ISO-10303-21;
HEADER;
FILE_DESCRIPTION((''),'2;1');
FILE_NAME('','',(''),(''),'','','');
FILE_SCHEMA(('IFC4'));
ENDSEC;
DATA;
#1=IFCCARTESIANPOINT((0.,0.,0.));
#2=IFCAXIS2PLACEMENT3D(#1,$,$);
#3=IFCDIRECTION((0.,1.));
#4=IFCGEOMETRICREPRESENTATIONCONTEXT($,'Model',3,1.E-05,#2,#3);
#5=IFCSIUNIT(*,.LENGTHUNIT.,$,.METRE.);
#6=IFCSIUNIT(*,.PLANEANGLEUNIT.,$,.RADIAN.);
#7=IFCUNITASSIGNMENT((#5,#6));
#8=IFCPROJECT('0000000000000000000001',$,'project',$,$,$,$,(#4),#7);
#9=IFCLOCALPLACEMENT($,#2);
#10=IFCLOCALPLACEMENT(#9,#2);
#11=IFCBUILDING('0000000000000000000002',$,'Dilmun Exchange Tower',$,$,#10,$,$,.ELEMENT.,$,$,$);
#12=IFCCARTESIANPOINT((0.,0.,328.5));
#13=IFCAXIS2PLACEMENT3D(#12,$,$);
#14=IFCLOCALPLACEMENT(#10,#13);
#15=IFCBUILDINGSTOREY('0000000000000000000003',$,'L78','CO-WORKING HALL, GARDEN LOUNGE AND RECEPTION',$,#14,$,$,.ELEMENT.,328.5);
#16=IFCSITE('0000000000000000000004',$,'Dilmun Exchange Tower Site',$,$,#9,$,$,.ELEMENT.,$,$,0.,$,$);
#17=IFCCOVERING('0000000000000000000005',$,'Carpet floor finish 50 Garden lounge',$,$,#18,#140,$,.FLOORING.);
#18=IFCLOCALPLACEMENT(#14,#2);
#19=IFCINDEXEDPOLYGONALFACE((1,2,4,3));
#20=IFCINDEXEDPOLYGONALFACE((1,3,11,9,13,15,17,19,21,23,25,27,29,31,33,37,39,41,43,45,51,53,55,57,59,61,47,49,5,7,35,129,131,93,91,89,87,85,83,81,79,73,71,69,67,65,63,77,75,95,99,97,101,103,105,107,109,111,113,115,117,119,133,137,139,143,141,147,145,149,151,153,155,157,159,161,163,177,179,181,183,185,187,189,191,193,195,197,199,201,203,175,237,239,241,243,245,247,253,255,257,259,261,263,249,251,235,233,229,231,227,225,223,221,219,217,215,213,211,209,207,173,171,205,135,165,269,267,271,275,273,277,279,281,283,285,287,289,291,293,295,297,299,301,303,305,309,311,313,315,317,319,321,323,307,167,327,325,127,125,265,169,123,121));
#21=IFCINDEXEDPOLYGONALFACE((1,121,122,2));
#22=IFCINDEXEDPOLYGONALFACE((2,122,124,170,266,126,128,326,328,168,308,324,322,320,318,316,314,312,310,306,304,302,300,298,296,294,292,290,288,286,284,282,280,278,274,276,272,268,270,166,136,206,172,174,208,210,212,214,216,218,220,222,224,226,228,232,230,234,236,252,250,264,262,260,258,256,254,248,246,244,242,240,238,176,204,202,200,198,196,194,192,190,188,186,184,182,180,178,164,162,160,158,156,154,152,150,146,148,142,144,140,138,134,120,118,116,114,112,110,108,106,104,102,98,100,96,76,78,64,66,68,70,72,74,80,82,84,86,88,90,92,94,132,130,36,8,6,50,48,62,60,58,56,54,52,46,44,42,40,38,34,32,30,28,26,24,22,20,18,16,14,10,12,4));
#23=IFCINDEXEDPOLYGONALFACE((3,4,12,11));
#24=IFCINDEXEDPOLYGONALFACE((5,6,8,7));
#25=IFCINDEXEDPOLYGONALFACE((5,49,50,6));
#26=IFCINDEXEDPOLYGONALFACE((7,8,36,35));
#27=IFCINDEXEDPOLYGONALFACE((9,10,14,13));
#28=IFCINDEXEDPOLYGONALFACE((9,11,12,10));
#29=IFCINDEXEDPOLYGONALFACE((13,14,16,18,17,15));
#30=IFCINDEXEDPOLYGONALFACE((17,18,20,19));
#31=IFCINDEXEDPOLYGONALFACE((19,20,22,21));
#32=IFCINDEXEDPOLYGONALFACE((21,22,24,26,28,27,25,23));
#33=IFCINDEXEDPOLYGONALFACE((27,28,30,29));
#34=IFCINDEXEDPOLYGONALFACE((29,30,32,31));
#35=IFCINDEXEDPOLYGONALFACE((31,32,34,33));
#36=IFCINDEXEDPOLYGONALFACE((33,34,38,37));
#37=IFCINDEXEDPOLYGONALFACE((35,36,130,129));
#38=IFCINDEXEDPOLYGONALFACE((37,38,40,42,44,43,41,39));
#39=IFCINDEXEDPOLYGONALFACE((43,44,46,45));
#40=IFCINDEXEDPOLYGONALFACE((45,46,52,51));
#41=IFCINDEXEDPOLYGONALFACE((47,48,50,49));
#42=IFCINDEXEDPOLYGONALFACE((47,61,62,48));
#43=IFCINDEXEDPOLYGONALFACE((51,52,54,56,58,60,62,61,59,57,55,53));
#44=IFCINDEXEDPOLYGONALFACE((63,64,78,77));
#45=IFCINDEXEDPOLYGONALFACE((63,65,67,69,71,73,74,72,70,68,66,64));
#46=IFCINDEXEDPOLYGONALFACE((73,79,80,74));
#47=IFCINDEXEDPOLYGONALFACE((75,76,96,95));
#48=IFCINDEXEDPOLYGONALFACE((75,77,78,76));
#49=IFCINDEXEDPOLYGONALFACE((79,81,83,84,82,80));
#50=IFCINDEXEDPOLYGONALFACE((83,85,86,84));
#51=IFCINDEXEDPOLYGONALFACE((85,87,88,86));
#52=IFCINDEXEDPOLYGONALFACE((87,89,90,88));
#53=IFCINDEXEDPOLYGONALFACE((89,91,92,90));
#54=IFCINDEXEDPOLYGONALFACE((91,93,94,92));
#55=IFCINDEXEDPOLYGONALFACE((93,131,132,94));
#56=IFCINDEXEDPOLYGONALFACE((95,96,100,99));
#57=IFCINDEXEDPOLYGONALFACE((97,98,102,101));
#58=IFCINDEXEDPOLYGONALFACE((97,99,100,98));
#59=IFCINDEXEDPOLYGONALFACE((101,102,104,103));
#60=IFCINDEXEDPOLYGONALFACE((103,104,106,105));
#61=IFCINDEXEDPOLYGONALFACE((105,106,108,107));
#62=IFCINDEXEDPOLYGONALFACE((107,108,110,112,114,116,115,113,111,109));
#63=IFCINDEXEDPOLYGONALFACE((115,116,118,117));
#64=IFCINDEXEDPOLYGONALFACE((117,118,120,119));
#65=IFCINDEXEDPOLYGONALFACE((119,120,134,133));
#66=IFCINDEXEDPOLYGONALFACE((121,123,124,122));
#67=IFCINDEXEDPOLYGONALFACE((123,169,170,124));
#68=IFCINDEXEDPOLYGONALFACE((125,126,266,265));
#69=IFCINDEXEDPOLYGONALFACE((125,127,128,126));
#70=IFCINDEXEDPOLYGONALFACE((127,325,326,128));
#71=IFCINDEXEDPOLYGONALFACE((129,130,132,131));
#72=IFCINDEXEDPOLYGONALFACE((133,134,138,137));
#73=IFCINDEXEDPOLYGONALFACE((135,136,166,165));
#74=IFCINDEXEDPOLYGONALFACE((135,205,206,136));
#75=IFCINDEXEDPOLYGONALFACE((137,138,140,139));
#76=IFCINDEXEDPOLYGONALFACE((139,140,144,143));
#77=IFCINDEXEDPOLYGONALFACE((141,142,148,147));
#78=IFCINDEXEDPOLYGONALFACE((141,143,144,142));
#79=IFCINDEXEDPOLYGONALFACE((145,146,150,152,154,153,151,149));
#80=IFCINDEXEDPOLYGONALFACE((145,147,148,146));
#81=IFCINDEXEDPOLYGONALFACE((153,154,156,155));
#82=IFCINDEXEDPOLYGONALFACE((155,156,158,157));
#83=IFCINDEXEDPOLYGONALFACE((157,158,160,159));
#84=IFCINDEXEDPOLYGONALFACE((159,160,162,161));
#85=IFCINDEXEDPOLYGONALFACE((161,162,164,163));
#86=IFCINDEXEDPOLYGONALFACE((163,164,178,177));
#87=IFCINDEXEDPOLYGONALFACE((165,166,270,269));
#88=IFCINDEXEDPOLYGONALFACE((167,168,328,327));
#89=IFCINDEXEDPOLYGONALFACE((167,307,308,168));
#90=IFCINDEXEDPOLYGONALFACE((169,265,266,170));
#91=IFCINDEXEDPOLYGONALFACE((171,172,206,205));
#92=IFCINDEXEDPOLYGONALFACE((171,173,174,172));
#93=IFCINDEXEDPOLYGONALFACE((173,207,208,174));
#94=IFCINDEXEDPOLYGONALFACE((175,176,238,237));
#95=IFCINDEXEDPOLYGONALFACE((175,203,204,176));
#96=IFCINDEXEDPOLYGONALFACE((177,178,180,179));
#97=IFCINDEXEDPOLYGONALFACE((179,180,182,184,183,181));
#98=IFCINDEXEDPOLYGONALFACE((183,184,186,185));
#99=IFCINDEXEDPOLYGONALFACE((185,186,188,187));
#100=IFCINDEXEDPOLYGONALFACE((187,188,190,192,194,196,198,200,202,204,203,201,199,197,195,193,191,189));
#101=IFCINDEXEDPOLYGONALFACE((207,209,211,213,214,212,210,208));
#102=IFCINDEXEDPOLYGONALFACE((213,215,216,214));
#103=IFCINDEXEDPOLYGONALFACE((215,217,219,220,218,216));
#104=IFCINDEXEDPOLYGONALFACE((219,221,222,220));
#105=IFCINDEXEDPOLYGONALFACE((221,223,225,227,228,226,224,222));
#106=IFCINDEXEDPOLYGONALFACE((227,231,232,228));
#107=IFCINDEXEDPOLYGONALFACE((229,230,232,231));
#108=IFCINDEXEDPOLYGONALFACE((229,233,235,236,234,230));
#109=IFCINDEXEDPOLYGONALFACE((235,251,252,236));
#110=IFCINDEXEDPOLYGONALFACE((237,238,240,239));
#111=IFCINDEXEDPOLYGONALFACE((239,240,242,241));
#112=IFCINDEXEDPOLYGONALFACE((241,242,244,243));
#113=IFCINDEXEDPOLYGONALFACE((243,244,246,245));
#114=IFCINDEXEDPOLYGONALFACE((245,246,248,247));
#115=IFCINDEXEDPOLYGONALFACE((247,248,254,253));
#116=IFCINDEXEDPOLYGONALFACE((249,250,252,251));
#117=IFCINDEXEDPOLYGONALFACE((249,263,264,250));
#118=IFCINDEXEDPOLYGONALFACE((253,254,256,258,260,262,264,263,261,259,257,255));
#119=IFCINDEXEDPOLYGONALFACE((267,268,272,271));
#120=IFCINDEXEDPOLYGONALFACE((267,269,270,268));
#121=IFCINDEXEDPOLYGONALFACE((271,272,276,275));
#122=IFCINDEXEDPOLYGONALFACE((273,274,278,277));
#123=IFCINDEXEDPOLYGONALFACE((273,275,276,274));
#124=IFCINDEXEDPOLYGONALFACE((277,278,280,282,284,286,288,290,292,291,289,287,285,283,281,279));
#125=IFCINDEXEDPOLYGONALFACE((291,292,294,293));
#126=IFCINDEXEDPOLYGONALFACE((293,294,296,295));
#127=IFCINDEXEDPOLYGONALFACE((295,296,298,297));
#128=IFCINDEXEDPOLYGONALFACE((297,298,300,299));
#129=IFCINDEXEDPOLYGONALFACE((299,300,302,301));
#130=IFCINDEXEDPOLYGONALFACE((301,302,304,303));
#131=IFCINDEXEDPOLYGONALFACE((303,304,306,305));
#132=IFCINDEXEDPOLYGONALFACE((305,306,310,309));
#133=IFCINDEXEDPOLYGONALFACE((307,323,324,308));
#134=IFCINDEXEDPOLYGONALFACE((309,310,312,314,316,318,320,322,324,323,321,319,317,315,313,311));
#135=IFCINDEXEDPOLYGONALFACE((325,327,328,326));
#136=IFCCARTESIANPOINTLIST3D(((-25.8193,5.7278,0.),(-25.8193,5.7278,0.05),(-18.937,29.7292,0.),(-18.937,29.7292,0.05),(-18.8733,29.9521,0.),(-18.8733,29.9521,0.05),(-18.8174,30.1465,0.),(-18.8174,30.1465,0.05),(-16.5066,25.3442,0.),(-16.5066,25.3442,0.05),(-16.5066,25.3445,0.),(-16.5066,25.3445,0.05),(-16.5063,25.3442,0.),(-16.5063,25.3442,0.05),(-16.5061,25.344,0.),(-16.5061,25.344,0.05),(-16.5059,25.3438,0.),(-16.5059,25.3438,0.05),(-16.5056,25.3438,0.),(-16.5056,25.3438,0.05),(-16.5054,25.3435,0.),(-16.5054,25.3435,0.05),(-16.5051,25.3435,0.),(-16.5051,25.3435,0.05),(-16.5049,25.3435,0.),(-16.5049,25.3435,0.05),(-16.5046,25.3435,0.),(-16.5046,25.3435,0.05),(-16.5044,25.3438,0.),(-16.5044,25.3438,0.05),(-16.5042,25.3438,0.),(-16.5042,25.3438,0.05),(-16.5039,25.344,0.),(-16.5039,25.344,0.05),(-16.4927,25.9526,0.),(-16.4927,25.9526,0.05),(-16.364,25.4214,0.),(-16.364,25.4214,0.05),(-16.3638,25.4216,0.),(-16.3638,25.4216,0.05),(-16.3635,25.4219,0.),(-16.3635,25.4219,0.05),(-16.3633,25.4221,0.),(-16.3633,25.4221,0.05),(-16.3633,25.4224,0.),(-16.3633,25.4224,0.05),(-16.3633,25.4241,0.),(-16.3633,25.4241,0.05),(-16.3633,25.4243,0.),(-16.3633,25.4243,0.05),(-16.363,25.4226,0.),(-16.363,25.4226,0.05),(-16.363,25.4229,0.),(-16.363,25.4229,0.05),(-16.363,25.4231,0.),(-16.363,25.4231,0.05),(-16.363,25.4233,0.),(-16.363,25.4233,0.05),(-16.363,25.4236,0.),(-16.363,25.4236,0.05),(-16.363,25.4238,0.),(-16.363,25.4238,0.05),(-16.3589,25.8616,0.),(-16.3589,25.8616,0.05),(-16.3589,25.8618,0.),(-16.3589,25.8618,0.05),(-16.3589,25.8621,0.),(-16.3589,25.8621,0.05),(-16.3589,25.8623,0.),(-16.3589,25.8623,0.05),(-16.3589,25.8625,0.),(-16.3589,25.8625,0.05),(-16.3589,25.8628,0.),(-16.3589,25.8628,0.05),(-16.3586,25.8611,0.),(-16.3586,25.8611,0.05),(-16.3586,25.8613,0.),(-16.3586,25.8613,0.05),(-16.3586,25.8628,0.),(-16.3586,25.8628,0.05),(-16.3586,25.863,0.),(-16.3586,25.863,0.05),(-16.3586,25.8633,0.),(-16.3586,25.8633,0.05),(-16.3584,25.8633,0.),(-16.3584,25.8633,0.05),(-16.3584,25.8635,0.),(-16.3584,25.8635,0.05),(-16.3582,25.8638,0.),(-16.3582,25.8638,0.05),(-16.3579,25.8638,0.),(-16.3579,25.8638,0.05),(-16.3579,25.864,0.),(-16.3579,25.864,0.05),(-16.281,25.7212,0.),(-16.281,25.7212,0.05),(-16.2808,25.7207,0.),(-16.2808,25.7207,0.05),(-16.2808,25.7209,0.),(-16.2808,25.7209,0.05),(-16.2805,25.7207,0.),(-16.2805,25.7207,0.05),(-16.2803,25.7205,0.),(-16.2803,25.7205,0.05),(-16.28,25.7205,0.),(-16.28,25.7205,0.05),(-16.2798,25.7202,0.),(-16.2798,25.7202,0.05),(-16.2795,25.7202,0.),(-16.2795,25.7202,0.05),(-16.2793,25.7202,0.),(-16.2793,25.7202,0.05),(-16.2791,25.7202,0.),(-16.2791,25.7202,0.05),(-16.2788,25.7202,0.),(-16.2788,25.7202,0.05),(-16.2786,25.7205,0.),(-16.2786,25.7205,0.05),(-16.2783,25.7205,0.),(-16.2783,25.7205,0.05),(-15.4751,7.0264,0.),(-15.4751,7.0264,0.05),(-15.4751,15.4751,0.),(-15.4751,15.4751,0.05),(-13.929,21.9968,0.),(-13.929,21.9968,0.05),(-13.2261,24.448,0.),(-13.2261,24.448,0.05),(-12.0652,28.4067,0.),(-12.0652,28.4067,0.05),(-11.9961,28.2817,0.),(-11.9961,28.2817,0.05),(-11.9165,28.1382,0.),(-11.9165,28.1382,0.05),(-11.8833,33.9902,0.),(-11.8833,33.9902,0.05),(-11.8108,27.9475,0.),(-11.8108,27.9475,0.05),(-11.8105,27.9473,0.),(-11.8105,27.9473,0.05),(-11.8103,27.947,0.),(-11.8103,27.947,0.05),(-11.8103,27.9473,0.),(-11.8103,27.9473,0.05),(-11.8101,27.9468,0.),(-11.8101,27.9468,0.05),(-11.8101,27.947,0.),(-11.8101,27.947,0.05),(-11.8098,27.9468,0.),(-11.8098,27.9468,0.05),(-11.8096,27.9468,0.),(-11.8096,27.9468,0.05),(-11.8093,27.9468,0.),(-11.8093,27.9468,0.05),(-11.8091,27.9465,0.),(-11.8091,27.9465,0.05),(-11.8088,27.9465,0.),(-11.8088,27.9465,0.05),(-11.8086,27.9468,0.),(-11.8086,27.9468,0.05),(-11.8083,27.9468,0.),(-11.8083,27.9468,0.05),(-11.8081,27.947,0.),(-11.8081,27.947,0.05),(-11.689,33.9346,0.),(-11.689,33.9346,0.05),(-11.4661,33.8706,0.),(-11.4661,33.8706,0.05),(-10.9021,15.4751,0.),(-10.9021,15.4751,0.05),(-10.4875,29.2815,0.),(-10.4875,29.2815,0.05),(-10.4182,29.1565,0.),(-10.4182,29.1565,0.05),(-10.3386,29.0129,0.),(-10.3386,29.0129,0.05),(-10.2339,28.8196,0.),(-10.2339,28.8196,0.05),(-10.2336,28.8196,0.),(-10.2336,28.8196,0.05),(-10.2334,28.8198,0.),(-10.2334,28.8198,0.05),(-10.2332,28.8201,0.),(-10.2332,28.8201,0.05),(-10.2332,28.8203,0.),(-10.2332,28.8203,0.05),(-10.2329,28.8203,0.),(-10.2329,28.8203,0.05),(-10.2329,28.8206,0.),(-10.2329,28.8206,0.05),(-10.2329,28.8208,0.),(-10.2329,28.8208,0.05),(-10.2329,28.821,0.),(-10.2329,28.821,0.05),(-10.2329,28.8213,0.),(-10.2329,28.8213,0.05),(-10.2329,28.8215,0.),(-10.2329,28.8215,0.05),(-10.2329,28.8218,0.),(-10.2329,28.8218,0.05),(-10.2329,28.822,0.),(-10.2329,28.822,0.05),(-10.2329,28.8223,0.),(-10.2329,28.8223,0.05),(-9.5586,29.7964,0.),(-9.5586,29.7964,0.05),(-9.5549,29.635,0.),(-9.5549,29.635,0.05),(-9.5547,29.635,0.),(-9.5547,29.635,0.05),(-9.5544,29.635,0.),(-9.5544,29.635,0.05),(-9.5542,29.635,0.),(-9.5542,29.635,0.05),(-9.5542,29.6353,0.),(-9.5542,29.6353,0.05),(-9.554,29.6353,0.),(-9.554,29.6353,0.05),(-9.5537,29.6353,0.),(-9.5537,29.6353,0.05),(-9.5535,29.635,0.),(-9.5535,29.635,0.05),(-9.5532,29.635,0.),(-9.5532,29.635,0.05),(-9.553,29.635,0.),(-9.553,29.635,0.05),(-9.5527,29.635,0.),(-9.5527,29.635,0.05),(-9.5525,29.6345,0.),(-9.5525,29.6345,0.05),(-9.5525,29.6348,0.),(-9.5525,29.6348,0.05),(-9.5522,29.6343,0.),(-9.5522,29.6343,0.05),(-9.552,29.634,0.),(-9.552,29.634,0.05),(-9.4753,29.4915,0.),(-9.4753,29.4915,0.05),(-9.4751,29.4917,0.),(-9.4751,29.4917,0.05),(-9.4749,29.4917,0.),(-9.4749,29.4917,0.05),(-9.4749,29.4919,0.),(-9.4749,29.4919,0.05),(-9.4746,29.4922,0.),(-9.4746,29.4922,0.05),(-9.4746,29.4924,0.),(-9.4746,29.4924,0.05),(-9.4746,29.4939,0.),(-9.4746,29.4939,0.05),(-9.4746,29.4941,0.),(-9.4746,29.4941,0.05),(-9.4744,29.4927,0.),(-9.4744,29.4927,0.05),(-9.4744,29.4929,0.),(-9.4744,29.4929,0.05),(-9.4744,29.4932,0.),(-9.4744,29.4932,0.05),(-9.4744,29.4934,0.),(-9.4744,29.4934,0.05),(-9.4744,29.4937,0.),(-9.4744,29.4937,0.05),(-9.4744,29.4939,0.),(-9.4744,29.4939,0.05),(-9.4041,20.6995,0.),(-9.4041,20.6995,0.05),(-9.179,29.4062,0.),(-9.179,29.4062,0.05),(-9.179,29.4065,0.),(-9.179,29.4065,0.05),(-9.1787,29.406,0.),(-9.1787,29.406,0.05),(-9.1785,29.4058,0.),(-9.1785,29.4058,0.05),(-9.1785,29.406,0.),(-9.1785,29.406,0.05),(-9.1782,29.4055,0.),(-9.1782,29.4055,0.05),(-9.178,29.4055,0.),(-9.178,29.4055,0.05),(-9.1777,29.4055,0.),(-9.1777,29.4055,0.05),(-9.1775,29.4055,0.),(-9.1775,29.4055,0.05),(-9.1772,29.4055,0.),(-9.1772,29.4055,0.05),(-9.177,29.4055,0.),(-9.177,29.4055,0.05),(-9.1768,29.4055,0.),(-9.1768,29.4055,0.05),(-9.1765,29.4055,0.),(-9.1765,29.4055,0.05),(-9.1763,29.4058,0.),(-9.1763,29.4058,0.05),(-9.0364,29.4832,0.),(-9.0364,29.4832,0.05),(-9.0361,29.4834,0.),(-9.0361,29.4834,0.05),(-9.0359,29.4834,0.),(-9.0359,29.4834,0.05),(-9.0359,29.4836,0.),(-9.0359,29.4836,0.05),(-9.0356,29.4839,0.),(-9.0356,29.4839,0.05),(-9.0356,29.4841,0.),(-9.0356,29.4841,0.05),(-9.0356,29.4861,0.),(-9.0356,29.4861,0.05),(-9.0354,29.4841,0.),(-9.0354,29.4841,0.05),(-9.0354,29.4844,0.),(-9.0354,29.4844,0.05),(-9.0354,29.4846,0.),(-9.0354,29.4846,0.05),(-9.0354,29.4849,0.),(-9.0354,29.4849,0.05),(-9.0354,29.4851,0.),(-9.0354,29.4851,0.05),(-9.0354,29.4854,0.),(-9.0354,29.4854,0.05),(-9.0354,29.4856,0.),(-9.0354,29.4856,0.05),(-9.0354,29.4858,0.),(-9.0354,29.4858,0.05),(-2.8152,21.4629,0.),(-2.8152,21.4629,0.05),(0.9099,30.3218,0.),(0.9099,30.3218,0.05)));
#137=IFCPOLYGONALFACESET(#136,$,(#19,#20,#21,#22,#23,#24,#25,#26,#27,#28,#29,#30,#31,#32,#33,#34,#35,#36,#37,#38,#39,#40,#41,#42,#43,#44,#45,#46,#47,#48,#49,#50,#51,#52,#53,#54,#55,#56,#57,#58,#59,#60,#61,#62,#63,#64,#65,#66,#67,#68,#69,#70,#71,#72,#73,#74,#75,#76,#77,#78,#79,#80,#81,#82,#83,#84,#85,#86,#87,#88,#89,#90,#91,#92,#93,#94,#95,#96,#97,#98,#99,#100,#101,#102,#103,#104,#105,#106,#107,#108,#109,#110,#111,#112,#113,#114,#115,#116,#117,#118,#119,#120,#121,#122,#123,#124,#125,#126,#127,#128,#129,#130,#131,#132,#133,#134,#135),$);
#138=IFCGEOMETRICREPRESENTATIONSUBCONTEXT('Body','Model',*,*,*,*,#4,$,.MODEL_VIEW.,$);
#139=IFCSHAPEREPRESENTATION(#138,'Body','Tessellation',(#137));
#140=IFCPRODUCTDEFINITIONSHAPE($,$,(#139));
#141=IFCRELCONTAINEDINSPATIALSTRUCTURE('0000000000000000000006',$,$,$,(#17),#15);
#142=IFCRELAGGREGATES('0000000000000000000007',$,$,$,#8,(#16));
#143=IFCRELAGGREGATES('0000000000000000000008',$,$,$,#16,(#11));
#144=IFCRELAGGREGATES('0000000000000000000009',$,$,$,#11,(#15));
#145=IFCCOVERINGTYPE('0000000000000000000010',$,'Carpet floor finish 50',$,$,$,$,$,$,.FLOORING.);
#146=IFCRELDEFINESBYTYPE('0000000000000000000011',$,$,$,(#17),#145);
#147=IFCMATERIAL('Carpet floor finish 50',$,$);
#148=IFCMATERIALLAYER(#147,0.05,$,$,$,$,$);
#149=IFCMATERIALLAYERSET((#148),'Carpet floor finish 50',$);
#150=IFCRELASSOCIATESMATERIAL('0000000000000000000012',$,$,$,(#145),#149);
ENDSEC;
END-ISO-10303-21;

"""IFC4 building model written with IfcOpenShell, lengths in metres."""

from ifc_helpers import new_model, si_unit, direction, frame, origin, place, context, subcontext, project, spatial, polyline, outline, extrude, material, layer, layer_set, type_object, element, save


model = new_model("IFC4")

# Units and contexts
model_context = context("Model", 3, precision=1e-05, world=origin(), true_north=direction((0.0, 1.0)))
body_context = subcontext(model_context, "Body", "Model", "MODEL_VIEW")
ifc_project = project(units=[si_unit("LENGTHUNIT", "METRE"), si_unit("PLANEANGLEUNIT", "RADIAN")], contexts=[model_context])

# Site, building, storey
site_placement = place(None, origin())
site = spatial("IfcSite", under=ifc_project, at=site_placement, Name="Dilmun Exchange Tower Site", CompositionType="ELEMENT", RefElevation=0.0)
building_placement = place(site_placement, origin())
building = spatial("IfcBuilding", under=site, at=building_placement, Name="Dilmun Exchange Tower", CompositionType="ELEMENT")
storey_placement = place(building_placement, frame((0.0, 0.0, 328.5)))
storey = spatial("IfcBuildingStorey", under=building, at=storey_placement, Name="L78", Description="CO-WORKING HALL, GARDEN LOUNGE AND RECEPTION", CompositionType="ELEMENT", Elevation=328.5)

# Covering
ifc_material_1 = material(Name="Carpet floor finish 50")
ifc_layer_1 = layer(ifc_material_1, 0.05)
ifc_layer_set_1 = layer_set([ifc_layer_1], Name="Carpet floor finish 50")
covering_type_1 = type_object("IfcCoveringType", Name="Carpet floor finish 50", PredefinedType="FLOORING", material=ifc_layer_set_1)
covering_1_placement = place(storey_placement, origin())
element("IfcCovering", 1, at=covering_1_placement, inside=storey, type_object=covering_type_1, Name="Carpet floor finish 50 Garden lounge", PredefinedType="FLOORING", context=body_context, shape_type="SweptSolid", body=[
    extrude(outline(polyline([(-16.4927, 25.9526), (-12.0652, 28.4067), (-11.9961, 28.2817), (-16.3579, 25.864), (-16.3579, 25.8638), (-16.3582, 25.8638), (-16.3584, 25.8635), (-16.3584, 25.8633), (-16.3586, 25.8633), (-16.3586, 25.863), (-16.3586, 25.8628), (-16.3589, 25.8628), (-16.3589, 25.8625), (-16.3589, 25.8623), (-16.3589, 25.8621), (-16.3589, 25.8618), (-16.3589, 25.8618), (-16.3589, 25.8616), (-16.3586, 25.8613), (-16.3586, 25.8611), (-16.281, 25.7212), (-16.281, 25.7212), (-16.2808, 25.7209), (-16.2808, 25.7207), (-16.2805, 25.7207), (-16.2805, 25.7207), (-16.2803, 25.7205), (-16.28, 25.7205), (-16.2798, 25.7202), (-16.2798, 25.7202), (-16.2795, 25.7202), (-16.2793, 25.7202), (-16.2791, 25.7202), (-16.2788, 25.7202), (-16.2788, 25.7202), (-16.2786, 25.7205), (-16.2783, 25.7205), (-11.9165, 28.1382), (-11.8108, 27.9475), (-11.8108, 27.9475), (-11.8105, 27.9473), (-11.8103, 27.9473), (-11.8103, 27.947), (-11.8101, 27.947), (-11.8101, 27.9468), (-11.8098, 27.9468), (-11.8096, 27.9468), (-11.8093, 27.9468), (-11.8091, 27.9465), (-11.8091, 27.9465), (-11.8088, 27.9465), (-11.8086, 27.9468), (-11.8083, 27.9468), (-11.8083, 27.9468), (-11.8081, 27.947), (-10.2339, 28.8196), (-10.2336, 28.8196), (-10.2334, 28.8198), (-10.2334, 28.8198), (-10.2332, 28.8201), (-10.2332, 28.8203), (-10.2329, 28.8203), (-10.2329, 28.8206), (-10.2329, 28.8208), (-10.2329, 28.821), (-10.2329, 28.8213), (-10.2329, 28.8213), (-10.2329, 28.8215), (-10.2329, 28.8218), (-10.2329, 28.822), (-10.2329, 28.822), (-10.2329, 28.8223), (-10.3386, 29.0129), (-9.4753, 29.4915), (-9.4751, 29.4917), (-9.4751, 29.4917), (-9.4749, 29.4917), (-9.4749, 29.4919), (-9.4746, 29.4922), (-9.4746, 29.4922), (-9.4746, 29.4924), (-9.4744, 29.4927), (-9.4744, 29.4929), (-9.4744, 29.4932), (-9.4744, 29.4934), (-9.4744, 29.4934), (-9.4744, 29.4937), (-9.4744, 29.4939), (-9.4746, 29.4939), (-9.4746, 29.4941), (-9.552, 29.634), (-9.5522, 29.6343), (-9.5525, 29.6345), (-9.5525, 29.6345), (-9.5525, 29.6348), (-9.5527, 29.635), (-9.553, 29.635), (-9.553, 29.635), (-9.5532, 29.635), (-9.5535, 29.635), (-9.5537, 29.6353), (-9.554, 29.6353), (-9.5542, 29.6353), (-9.5542, 29.635), (-9.5544, 29.635), (-9.5547, 29.635), (-9.5549, 29.635), (-10.4182, 29.1565), (-10.4875, 29.2815), (-9.5586, 29.7964), (-11.8833, 33.9902), (-11.689, 33.9346), (-9.179, 29.4065), (-9.179, 29.4062), (-9.1787, 29.406), (-9.1787, 29.406), (-9.1785, 29.406), (-9.1785, 29.4058), (-9.1782, 29.4055), (-9.178, 29.4055), (-9.1777, 29.4055), (-9.1775, 29.4055), (-9.1775, 29.4055), (-9.1772, 29.4055), (-9.177, 29.4055), (-9.1768, 29.4055), (-9.1768, 29.4055), (-9.1765, 29.4055), (-9.1763, 29.4058), (-9.0364, 29.4832), (-9.0361, 29.4834), (-9.0359, 29.4834), (-9.0359, 29.4836), (-9.0359, 29.4836), (-9.0356, 29.4839), (-9.0356, 29.4841), (-9.0354, 29.4841), (-9.0354, 29.4844), (-9.0354, 29.4846), (-9.0354, 29.4849), (-9.0354, 29.4851), (-9.0354, 29.4851), (-9.0354, 29.4854), (-9.0354, 29.4856), (-9.0354, 29.4858), (-9.0356, 29.4861), (-11.4661, 33.8706), (0.9099, 30.3218), (-2.8152, 21.4629), (-13.2261, 24.448), (-13.929, 21.9968), (-9.4041, 20.6995), (-10.9021, 15.4751), (-15.4751, 15.4751), (-15.4751, 7.0264), (-25.8193, 5.7278), (-18.937, 29.7292), (-16.5066, 25.3445), (-16.5066, 25.3445), (-16.5066, 25.3442), (-16.5063, 25.3442), (-16.5061, 25.344), (-16.5061, 25.344), (-16.5059, 25.3438), (-16.5056, 25.3438), (-16.5056, 25.3438), (-16.5054, 25.3435), (-16.5051, 25.3435), (-16.5049, 25.3435), (-16.5046, 25.3435), (-16.5044, 25.3438), (-16.5044, 25.3438), (-16.5042, 25.3438), (-16.5039, 25.344), (-16.364, 25.4214), (-16.364, 25.4214), (-16.3638, 25.4216), (-16.3635, 25.4219), (-16.3635, 25.4219), (-16.3633, 25.4221), (-16.3633, 25.4224), (-16.3633, 25.4224), (-16.363, 25.4226), (-16.363, 25.4229), (-16.363, 25.4231), (-16.363, 25.4231), (-16.363, 25.4233), (-16.363, 25.4236), (-16.363, 25.4238), (-16.3633, 25.4241), (-16.3633, 25.4243), (-18.8733, 29.9521), (-18.8174, 30.1465), (-16.4927, 25.9526)])), origin(), (0.0, 0.0, 1.0), 0.05),
])

save(model, "model.ifc")
